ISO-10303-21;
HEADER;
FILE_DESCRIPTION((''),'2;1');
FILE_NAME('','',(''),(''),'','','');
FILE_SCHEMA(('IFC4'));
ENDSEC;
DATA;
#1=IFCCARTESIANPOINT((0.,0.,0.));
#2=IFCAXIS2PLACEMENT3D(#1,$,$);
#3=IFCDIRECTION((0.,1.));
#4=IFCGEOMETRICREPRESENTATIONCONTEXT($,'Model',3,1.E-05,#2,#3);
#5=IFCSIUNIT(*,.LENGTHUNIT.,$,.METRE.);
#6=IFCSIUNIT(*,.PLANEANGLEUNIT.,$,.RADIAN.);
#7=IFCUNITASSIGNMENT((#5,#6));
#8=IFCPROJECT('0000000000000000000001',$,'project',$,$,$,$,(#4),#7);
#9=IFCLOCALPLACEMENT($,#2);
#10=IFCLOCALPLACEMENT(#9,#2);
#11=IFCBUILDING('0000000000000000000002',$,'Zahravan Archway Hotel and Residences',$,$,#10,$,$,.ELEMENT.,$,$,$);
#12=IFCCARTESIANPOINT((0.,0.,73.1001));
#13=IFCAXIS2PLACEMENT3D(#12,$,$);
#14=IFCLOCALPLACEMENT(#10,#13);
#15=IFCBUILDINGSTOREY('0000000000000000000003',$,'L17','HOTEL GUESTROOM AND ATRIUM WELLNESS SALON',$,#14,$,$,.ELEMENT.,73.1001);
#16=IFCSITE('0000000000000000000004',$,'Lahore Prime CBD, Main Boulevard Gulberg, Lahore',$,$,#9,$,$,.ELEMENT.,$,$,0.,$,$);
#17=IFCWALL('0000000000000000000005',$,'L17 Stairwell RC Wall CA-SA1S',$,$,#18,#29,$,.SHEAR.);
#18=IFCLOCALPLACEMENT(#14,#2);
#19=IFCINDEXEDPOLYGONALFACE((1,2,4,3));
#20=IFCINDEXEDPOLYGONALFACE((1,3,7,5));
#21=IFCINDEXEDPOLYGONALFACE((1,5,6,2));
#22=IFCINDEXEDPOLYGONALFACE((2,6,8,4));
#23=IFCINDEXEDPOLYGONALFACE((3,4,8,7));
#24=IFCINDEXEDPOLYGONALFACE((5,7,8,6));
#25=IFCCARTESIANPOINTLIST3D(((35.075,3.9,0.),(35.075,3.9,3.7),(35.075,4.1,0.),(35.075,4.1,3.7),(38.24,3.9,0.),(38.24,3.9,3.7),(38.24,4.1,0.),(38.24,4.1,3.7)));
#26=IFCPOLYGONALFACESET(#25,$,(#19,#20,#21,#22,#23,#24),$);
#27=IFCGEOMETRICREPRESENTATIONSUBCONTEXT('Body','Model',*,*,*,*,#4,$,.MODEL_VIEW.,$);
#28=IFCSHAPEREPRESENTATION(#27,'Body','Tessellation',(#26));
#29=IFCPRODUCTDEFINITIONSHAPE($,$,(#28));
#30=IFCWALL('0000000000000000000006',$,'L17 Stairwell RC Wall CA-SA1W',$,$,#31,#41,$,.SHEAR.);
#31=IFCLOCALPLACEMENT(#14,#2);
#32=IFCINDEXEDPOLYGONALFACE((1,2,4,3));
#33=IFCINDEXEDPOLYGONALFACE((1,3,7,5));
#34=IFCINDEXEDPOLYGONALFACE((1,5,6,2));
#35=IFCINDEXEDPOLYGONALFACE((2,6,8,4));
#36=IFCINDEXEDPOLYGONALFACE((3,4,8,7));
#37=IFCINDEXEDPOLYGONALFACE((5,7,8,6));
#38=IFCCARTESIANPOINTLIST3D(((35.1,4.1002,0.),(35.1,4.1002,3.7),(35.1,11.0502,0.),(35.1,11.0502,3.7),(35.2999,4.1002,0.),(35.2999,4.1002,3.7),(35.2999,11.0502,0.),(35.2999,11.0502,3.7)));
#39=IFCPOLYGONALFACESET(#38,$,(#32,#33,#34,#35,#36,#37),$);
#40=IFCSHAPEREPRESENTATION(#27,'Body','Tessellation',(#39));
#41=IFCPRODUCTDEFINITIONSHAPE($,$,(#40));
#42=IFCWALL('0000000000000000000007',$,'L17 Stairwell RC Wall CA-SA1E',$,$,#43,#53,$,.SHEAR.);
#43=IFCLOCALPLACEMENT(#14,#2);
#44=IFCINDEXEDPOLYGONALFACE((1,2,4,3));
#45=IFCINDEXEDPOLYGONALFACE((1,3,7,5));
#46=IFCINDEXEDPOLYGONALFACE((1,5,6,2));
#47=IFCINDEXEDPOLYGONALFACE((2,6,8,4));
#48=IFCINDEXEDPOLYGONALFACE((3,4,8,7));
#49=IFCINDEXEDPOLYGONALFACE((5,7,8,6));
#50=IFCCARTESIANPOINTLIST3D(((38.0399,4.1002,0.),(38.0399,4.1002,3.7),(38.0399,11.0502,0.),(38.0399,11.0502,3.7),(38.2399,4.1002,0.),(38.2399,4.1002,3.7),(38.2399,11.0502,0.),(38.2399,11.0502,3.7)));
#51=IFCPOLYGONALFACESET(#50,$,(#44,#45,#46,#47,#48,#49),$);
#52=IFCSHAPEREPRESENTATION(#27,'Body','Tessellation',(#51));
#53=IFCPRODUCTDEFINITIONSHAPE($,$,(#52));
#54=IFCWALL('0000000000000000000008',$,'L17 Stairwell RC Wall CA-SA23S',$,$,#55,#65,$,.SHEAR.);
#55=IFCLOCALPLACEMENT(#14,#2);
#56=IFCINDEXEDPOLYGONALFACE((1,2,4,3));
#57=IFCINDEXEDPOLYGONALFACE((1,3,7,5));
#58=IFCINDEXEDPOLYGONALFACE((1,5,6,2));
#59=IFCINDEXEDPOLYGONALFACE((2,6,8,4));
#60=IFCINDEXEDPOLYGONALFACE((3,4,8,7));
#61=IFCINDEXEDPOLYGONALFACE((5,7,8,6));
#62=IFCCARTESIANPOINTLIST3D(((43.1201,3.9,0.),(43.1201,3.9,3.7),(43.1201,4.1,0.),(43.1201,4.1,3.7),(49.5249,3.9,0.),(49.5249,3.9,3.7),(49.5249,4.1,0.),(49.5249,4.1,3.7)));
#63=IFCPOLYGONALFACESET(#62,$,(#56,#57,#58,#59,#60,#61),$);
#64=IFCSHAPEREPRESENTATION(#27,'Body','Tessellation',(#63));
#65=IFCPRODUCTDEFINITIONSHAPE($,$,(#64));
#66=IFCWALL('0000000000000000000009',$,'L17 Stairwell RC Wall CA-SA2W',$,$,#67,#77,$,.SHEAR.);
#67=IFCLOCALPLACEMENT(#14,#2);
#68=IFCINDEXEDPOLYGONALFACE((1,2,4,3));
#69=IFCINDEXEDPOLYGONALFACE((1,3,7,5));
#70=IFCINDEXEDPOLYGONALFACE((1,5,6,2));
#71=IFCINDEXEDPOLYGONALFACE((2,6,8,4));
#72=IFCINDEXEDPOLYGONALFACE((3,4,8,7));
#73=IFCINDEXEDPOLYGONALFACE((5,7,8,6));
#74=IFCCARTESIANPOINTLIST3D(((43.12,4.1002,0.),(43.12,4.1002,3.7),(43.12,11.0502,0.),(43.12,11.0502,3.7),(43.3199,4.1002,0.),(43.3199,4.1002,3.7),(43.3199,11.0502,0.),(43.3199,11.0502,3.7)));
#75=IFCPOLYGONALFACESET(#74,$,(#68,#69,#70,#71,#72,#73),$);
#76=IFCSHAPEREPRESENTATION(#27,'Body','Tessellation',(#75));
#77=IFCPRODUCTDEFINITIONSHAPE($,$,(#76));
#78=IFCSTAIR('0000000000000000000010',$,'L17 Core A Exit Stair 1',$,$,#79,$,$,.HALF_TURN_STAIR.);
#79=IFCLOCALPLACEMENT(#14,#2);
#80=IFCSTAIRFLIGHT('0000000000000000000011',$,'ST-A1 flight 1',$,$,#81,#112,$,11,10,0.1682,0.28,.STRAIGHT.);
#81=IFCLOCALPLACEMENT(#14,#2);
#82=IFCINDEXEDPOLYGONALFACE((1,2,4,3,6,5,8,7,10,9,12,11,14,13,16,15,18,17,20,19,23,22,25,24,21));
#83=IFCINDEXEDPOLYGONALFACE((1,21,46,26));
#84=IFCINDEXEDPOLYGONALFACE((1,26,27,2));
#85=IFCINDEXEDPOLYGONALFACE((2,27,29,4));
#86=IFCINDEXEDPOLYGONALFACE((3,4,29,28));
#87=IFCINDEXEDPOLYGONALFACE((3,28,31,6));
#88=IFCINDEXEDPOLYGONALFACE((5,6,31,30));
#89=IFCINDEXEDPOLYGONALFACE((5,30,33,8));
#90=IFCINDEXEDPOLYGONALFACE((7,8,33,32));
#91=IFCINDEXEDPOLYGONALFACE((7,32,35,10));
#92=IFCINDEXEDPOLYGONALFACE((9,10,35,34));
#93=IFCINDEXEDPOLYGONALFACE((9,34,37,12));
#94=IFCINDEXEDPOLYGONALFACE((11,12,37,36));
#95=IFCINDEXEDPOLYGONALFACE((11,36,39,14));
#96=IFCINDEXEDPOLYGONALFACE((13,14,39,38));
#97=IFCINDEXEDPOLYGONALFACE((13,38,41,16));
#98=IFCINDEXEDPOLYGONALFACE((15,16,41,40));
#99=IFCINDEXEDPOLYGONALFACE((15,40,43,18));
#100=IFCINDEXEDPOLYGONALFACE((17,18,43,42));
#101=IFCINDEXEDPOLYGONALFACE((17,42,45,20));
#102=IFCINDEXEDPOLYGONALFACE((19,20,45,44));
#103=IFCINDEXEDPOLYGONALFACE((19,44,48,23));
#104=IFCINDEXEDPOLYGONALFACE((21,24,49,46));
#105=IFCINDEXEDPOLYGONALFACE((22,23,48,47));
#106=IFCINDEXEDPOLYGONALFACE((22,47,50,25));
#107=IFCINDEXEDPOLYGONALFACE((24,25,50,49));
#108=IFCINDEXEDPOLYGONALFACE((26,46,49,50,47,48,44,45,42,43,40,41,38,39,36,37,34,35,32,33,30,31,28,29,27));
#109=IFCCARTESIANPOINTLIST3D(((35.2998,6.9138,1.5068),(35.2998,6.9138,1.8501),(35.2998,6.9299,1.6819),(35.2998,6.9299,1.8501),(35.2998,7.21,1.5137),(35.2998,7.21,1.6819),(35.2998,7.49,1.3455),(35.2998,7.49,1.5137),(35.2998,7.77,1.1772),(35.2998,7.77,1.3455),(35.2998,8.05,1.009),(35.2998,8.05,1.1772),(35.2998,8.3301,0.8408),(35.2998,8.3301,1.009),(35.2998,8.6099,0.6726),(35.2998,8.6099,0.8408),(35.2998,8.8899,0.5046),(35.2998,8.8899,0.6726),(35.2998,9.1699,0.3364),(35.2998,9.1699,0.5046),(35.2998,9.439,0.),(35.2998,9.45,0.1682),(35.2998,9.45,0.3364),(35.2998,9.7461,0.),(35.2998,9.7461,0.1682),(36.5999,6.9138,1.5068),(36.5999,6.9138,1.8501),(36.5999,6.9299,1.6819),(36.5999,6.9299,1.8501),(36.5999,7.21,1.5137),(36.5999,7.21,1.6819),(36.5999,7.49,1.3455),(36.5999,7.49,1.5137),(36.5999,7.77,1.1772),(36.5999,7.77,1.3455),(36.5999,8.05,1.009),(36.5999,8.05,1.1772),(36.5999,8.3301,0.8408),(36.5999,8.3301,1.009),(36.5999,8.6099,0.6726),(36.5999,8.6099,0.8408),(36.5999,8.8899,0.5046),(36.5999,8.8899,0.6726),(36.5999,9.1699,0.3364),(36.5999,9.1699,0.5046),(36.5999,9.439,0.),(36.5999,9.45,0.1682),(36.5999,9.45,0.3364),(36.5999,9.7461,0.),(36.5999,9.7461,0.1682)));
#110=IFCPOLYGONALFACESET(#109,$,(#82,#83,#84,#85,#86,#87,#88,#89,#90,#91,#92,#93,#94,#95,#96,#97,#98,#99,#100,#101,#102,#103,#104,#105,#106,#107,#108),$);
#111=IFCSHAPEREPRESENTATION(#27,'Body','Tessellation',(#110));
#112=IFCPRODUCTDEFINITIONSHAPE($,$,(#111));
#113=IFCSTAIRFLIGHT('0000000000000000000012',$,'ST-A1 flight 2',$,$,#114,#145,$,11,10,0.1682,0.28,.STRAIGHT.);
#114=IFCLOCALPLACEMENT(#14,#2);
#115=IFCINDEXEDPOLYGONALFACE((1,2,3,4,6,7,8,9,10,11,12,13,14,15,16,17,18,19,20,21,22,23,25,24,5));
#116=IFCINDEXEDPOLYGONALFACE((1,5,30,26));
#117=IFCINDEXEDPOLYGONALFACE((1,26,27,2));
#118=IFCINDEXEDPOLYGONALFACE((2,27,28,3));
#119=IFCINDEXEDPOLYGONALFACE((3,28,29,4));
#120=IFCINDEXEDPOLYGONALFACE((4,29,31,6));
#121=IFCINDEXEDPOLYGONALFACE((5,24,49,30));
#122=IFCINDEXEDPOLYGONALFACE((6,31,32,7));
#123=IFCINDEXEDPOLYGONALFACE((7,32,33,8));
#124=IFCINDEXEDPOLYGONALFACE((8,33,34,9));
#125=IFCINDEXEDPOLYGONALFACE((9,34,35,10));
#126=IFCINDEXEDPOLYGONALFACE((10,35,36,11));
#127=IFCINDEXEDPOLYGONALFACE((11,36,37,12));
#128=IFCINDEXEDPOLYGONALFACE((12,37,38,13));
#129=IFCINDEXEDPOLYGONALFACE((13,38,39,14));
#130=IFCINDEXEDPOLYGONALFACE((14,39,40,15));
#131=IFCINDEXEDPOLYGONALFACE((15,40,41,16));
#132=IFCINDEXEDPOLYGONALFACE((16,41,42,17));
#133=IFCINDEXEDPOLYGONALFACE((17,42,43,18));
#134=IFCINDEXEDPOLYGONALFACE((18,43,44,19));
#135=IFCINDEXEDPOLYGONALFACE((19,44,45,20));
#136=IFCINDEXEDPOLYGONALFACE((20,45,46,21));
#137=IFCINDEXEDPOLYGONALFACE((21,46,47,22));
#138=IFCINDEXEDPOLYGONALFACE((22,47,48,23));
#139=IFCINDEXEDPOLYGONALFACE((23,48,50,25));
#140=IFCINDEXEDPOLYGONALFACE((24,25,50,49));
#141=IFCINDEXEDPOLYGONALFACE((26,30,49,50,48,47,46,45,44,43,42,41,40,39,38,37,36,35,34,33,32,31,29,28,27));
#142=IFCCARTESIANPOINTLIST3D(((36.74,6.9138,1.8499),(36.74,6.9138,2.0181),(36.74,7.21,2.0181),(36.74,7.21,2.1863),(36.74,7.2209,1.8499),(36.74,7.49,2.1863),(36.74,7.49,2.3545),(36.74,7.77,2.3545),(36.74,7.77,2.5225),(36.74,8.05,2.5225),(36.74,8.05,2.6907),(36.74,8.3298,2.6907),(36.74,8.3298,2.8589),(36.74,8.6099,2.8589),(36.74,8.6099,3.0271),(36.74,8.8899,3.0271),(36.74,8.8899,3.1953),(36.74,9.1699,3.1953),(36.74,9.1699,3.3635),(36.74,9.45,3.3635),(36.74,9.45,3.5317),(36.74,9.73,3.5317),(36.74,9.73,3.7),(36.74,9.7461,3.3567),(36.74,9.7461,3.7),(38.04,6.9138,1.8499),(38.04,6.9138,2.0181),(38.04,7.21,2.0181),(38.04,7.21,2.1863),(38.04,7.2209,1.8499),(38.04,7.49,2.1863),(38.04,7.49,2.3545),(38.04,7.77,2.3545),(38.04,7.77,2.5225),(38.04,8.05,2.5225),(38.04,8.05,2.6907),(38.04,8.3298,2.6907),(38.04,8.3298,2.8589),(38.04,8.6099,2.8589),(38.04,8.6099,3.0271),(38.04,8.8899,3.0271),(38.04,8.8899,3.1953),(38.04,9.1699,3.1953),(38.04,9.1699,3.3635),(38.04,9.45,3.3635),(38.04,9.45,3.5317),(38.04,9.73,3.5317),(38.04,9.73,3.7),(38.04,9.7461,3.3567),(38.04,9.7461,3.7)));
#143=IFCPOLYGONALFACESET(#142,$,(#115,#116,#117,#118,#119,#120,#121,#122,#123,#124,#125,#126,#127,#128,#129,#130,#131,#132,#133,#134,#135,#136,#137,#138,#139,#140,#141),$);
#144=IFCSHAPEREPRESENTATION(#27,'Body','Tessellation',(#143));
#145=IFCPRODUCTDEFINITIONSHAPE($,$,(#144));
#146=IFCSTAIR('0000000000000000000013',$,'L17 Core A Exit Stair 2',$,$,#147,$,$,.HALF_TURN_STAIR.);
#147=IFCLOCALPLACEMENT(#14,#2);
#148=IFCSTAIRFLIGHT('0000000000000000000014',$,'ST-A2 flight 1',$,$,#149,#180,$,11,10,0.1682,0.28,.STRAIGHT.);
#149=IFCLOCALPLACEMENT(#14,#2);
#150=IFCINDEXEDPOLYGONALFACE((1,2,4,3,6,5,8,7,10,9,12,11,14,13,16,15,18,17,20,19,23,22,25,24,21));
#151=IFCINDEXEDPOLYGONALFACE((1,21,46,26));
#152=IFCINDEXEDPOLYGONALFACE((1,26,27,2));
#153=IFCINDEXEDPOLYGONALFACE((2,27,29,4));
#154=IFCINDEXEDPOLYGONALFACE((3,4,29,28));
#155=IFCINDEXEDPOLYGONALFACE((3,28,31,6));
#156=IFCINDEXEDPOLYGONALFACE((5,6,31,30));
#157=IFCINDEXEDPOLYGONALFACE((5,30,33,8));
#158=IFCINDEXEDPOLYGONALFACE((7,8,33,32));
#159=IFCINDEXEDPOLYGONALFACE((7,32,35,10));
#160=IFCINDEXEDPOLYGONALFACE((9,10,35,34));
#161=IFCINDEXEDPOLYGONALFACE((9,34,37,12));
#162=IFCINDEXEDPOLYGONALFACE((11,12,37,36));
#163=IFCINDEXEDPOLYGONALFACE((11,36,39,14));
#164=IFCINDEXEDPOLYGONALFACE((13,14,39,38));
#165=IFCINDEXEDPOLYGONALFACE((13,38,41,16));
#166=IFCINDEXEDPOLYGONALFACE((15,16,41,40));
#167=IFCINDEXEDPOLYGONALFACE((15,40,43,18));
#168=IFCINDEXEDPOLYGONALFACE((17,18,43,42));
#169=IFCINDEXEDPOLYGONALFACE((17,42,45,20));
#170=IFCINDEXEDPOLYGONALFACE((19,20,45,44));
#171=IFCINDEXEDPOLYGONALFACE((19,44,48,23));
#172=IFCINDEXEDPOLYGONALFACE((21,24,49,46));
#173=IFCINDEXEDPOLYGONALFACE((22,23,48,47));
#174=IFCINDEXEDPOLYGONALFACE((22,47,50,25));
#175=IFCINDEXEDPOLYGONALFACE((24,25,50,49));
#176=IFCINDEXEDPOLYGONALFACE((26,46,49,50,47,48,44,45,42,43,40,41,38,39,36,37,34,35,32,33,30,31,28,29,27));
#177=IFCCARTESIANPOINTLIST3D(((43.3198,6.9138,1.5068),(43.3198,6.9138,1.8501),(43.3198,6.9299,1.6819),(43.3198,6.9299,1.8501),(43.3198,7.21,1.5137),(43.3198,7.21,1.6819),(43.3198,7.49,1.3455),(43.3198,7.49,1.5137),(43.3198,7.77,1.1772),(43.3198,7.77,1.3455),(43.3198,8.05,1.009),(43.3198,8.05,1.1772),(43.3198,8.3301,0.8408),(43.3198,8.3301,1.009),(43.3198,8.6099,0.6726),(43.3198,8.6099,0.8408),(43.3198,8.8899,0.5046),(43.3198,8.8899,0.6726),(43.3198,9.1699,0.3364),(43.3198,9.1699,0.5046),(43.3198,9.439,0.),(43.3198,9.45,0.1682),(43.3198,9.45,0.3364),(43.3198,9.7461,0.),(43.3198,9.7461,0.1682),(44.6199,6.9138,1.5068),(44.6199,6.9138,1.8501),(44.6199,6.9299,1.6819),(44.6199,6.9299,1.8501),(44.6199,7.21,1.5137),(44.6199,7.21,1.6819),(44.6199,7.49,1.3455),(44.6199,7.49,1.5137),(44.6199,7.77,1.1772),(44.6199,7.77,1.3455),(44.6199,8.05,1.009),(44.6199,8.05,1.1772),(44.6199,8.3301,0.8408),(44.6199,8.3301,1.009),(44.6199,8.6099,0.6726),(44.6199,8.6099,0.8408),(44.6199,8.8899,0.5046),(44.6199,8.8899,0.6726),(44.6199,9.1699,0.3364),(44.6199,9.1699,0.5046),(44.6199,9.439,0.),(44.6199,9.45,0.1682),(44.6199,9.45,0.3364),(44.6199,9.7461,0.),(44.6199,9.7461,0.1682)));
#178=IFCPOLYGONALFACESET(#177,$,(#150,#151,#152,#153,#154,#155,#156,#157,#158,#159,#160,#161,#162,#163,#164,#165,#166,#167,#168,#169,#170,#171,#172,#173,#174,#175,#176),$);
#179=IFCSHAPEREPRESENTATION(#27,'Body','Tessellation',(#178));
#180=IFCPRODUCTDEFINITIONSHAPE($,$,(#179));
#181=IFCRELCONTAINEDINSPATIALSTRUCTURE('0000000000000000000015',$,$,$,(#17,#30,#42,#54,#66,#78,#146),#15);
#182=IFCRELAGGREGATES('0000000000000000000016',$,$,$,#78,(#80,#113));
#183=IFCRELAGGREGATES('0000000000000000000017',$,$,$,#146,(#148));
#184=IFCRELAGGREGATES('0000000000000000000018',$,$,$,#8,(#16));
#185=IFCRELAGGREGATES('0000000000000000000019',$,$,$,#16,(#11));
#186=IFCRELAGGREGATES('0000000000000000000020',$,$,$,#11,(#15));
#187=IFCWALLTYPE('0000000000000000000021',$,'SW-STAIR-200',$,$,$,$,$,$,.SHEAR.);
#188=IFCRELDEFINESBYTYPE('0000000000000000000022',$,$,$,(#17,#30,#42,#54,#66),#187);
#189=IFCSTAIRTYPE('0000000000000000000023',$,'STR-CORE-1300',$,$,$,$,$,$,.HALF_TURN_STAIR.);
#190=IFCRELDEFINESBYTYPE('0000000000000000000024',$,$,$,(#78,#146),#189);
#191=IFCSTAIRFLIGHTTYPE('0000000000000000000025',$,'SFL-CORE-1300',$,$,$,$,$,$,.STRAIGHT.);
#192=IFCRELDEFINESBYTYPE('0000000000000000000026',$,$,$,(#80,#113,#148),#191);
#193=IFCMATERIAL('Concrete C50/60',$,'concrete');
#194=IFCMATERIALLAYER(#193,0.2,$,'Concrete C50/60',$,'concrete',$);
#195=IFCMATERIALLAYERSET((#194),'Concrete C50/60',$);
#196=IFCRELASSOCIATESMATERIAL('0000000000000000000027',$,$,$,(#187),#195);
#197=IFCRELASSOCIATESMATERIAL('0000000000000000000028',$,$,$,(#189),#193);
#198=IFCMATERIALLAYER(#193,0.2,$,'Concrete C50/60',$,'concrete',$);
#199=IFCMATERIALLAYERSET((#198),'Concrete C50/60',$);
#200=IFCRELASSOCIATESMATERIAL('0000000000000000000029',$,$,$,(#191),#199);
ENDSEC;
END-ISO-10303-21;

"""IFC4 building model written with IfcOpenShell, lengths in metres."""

from ifc_helpers import new_model, si_unit, direction, frame, frame_2d, origin, place, context, subcontext, project, spatial, polyline, rectangle, outline, extrude, source, transform, mapped, material, layer, layer_set, type_object, element, aggregate, save


model = new_model("IFC4")

# Units and contexts
model_context = context("Model", 3, precision=1e-05, world=origin(), true_north=direction((0.0, 1.0)))
body_context = subcontext(model_context, "Body", "Model", "MODEL_VIEW")
ifc_project = project(units=[si_unit("LENGTHUNIT", "METRE"), si_unit("PLANEANGLEUNIT", "RADIAN")], contexts=[model_context])

# Site, building, storey
site_placement = place(None, origin())
site = spatial("IfcSite", under=ifc_project, at=site_placement, Name="Lahore Prime CBD, Main Boulevard Gulberg, Lahore", CompositionType="ELEMENT", RefElevation=0.0)
building_placement = place(site_placement, origin())
building = spatial("IfcBuilding", under=site, at=building_placement, Name="Zahravan Archway Hotel and Residences", CompositionType="ELEMENT")
storey_placement = place(building_placement, frame((0.0, 0.0, 73.1001)))
storey = spatial("IfcBuildingStorey", under=building, at=storey_placement, Name="L17", Description="HOTEL GUESTROOM AND ATRIUM WELLNESS SALON", CompositionType="ELEMENT", Elevation=73.1001)

# Walls
ifc_material_1 = material(Name="Concrete C50/60", Category="concrete")
ifc_layer_1 = layer(ifc_material_1, 0.2, Name="Concrete C50/60", Category="concrete")
ifc_layer_set_1 = layer_set([ifc_layer_1], Name="Concrete C50/60")
wall_type_1 = type_object("IfcWallType", Name="SW-STAIR-200", PredefinedType="SHEAR", material=ifc_layer_set_1)
wall_1_placement = place(storey_placement, frame((35.075, 4.0, 0.0), z_axis=(0.0, 0.0, 1.0), x_axis=(1.0, 0.0, 0.0)))
element("IfcWall", 1, at=wall_1_placement, inside=storey, type_object=wall_type_1, Name="L17 Stairwell RC Wall CA-SA1S", PredefinedType="SHEAR", context=body_context, shape_type="SweptSolid", body=[
    extrude(rectangle(XDim=3.165, YDim=0.2, at=frame_2d((1.5825, 0.0))), origin(), (0.0, 0.0, 1.0), 3.7),
])
for number, where, z_axis, x_axis, name in (
    (2, (35.2, 4.1001, 0.0), (0.0, 0.0, 1.0), (0.0, 1.0, 0.0), "L17 Stairwell RC Wall CA-SA1W"),
    (3, (38.1399, 4.1001, 0.0), (0.0, 0.0, 1.0), (0.0, 1.0, 0.0), "L17 Stairwell RC Wall CA-SA1E"),
):
    element("IfcWall", number, at=place(storey_placement, frame(where, z_axis=z_axis, x_axis=x_axis)), inside=storey, type_object=wall_type_1, Name=name, PredefinedType="SHEAR", context=body_context, shape_type="SweptSolid", body=[
        extrude(rectangle(XDim=6.95, YDim=0.2, at=frame_2d((3.4751, 0.0))), origin(), (0.0, 0.0, 1.0), 3.7),
    ])
wall_2_placement = place(storey_placement, frame((43.1201, 4.0, 0.0), z_axis=(0.0, 0.0, 1.0), x_axis=(1.0, 0.0, 0.0)))
element("IfcWall", 4, at=wall_2_placement, inside=storey, type_object=wall_type_1, Name="L17 Stairwell RC Wall CA-SA23S", PredefinedType="SHEAR", context=body_context, shape_type="SweptSolid", body=[
    extrude(rectangle(XDim=6.4048, YDim=0.2, at=frame_2d((3.2024, 0.0))), origin(), (0.0, 0.0, 1.0), 3.7),
])
wall_3_placement = place(storey_placement, frame((43.22, 4.1001, 0.0), z_axis=(0.0, 0.0, 1.0), x_axis=(0.0, 1.0, 0.0)))
element("IfcWall", 5, at=wall_3_placement, inside=storey, type_object=wall_type_1, Name="L17 Stairwell RC Wall CA-SA2W", PredefinedType="SHEAR", context=body_context, shape_type="SweptSolid", body=[
    extrude(rectangle(XDim=6.95, YDim=0.2, at=frame_2d((3.4751, 0.0))), origin(), (0.0, 0.0, 1.0), 3.7),
])

# Stair, stair flights
stair_type = type_object("IfcStairType", Name="STR-CORE-1300", PredefinedType="HALF_TURN_STAIR", material=ifc_material_1)
stair_1_placement = place(storey_placement, origin())
stair_1 = element("IfcStair", 6, at=stair_1_placement, inside=storey, type_object=stair_type, Name="L17 Core A Exit Stair 1", PredefinedType="HALF_TURN_STAIR")
ifc_layer_2 = layer(ifc_material_1, 0.2, Name="Concrete C50/60", Category="concrete")
ifc_layer_set_2 = layer_set([ifc_layer_2], Name="Concrete C50/60")
stair_flight_type = type_object("IfcStairFlightType", Name="SFL-CORE-1300", PredefinedType="STRAIGHT", material=ifc_layer_set_2)
shared_shape_1 = source(origin(), body_context, "Body", "SweptSolid", [
    extrude(outline(polyline([(-0.0161, 0.0), (-0.0161, 0.1682), (0.28, 0.1682), (0.28, 0.3364), (0.5601, 0.3364), (0.5601, 0.5046), (0.8401, 0.5046), (0.8401, 0.6726), (1.1201, 0.6726), (1.1201, 0.8408), (1.3999, 0.8408), (1.3999, 1.009), (1.6799, 1.009), (1.6799, 1.1772), (1.96, 1.1772), (1.96, 1.3455), (2.24, 1.3455), (2.24, 1.5137), (2.52, 1.5137), (2.52, 1.6819), (2.8, 1.6819), (2.8, 1.8501), (2.8162, 1.8501), (2.8162, 1.5068), (0.291, 0.0), (-0.0161, 0.0)])), frame((0.0, 0.6499, 0.0), z_axis=(0.0, -1.0, 0.0), x_axis=(1.0, 0.0, 0.0)), (0.0, 0.0, 1.0), 1.3),
])
stair_flight_1_placement = place(storey_placement, frame((35.95, 9.73, 0.0), z_axis=(0.0, 0.0, 1.0), x_axis=(0.0, -1.0, 0.0)))
stair_flight_1 = element("IfcStairFlight", 7, at=stair_flight_1_placement, type_object=stair_flight_type, Name="ST-A1 flight 1", NumberOfRisers=11, NumberOfTreads=10, PredefinedType="STRAIGHT", RiserHeight=0.1682, TreadLength=0.28, context=body_context, shape_type="MappedRepresentation", body=[
    mapped(shared_shape_1, transform((0.0, 0.0, 0.0), scale=1.0)),
])
stair_flight_2_placement = place(storey_placement, frame((37.3899, 6.9299, 1.8499), z_axis=(0.0, 0.0, 1.0), x_axis=(0.0, 1.0, 0.0)))
stair_flight_2 = element("IfcStairFlight", 8, at=stair_flight_2_placement, type_object=stair_flight_type, Name="ST-A1 flight 2", NumberOfRisers=11, NumberOfTreads=10, PredefinedType="STRAIGHT", RiserHeight=0.1682, TreadLength=0.28, context=body_context, shape_type="MappedRepresentation", body=[
    mapped(shared_shape_1, transform((0.0, 0.0, 0.0), scale=1.0)),
])
aggregate(stair_1, [stair_flight_1, stair_flight_2])

# Stair, stair flight
stair_2_placement = place(storey_placement, origin())
stair_2 = element("IfcStair", 9, at=stair_2_placement, inside=storey, type_object=stair_type, Name="L17 Core A Exit Stair 2", PredefinedType="HALF_TURN_STAIR")
stair_flight_3_placement = place(storey_placement, frame((43.97, 9.73, 0.0), z_axis=(0.0, 0.0, 1.0), x_axis=(0.0, -1.0, 0.0)))
stair_flight_3 = element("IfcStairFlight", 10, at=stair_flight_3_placement, type_object=stair_flight_type, Name="ST-A2 flight 1", NumberOfRisers=11, NumberOfTreads=10, PredefinedType="STRAIGHT", RiserHeight=0.1682, TreadLength=0.28, context=body_context, shape_type="MappedRepresentation", body=[
    mapped(shared_shape_1, transform((0.0, 0.0, 0.0), scale=1.0)),
])
aggregate(stair_2, [stair_flight_3])

save(model, "model.ifc")
